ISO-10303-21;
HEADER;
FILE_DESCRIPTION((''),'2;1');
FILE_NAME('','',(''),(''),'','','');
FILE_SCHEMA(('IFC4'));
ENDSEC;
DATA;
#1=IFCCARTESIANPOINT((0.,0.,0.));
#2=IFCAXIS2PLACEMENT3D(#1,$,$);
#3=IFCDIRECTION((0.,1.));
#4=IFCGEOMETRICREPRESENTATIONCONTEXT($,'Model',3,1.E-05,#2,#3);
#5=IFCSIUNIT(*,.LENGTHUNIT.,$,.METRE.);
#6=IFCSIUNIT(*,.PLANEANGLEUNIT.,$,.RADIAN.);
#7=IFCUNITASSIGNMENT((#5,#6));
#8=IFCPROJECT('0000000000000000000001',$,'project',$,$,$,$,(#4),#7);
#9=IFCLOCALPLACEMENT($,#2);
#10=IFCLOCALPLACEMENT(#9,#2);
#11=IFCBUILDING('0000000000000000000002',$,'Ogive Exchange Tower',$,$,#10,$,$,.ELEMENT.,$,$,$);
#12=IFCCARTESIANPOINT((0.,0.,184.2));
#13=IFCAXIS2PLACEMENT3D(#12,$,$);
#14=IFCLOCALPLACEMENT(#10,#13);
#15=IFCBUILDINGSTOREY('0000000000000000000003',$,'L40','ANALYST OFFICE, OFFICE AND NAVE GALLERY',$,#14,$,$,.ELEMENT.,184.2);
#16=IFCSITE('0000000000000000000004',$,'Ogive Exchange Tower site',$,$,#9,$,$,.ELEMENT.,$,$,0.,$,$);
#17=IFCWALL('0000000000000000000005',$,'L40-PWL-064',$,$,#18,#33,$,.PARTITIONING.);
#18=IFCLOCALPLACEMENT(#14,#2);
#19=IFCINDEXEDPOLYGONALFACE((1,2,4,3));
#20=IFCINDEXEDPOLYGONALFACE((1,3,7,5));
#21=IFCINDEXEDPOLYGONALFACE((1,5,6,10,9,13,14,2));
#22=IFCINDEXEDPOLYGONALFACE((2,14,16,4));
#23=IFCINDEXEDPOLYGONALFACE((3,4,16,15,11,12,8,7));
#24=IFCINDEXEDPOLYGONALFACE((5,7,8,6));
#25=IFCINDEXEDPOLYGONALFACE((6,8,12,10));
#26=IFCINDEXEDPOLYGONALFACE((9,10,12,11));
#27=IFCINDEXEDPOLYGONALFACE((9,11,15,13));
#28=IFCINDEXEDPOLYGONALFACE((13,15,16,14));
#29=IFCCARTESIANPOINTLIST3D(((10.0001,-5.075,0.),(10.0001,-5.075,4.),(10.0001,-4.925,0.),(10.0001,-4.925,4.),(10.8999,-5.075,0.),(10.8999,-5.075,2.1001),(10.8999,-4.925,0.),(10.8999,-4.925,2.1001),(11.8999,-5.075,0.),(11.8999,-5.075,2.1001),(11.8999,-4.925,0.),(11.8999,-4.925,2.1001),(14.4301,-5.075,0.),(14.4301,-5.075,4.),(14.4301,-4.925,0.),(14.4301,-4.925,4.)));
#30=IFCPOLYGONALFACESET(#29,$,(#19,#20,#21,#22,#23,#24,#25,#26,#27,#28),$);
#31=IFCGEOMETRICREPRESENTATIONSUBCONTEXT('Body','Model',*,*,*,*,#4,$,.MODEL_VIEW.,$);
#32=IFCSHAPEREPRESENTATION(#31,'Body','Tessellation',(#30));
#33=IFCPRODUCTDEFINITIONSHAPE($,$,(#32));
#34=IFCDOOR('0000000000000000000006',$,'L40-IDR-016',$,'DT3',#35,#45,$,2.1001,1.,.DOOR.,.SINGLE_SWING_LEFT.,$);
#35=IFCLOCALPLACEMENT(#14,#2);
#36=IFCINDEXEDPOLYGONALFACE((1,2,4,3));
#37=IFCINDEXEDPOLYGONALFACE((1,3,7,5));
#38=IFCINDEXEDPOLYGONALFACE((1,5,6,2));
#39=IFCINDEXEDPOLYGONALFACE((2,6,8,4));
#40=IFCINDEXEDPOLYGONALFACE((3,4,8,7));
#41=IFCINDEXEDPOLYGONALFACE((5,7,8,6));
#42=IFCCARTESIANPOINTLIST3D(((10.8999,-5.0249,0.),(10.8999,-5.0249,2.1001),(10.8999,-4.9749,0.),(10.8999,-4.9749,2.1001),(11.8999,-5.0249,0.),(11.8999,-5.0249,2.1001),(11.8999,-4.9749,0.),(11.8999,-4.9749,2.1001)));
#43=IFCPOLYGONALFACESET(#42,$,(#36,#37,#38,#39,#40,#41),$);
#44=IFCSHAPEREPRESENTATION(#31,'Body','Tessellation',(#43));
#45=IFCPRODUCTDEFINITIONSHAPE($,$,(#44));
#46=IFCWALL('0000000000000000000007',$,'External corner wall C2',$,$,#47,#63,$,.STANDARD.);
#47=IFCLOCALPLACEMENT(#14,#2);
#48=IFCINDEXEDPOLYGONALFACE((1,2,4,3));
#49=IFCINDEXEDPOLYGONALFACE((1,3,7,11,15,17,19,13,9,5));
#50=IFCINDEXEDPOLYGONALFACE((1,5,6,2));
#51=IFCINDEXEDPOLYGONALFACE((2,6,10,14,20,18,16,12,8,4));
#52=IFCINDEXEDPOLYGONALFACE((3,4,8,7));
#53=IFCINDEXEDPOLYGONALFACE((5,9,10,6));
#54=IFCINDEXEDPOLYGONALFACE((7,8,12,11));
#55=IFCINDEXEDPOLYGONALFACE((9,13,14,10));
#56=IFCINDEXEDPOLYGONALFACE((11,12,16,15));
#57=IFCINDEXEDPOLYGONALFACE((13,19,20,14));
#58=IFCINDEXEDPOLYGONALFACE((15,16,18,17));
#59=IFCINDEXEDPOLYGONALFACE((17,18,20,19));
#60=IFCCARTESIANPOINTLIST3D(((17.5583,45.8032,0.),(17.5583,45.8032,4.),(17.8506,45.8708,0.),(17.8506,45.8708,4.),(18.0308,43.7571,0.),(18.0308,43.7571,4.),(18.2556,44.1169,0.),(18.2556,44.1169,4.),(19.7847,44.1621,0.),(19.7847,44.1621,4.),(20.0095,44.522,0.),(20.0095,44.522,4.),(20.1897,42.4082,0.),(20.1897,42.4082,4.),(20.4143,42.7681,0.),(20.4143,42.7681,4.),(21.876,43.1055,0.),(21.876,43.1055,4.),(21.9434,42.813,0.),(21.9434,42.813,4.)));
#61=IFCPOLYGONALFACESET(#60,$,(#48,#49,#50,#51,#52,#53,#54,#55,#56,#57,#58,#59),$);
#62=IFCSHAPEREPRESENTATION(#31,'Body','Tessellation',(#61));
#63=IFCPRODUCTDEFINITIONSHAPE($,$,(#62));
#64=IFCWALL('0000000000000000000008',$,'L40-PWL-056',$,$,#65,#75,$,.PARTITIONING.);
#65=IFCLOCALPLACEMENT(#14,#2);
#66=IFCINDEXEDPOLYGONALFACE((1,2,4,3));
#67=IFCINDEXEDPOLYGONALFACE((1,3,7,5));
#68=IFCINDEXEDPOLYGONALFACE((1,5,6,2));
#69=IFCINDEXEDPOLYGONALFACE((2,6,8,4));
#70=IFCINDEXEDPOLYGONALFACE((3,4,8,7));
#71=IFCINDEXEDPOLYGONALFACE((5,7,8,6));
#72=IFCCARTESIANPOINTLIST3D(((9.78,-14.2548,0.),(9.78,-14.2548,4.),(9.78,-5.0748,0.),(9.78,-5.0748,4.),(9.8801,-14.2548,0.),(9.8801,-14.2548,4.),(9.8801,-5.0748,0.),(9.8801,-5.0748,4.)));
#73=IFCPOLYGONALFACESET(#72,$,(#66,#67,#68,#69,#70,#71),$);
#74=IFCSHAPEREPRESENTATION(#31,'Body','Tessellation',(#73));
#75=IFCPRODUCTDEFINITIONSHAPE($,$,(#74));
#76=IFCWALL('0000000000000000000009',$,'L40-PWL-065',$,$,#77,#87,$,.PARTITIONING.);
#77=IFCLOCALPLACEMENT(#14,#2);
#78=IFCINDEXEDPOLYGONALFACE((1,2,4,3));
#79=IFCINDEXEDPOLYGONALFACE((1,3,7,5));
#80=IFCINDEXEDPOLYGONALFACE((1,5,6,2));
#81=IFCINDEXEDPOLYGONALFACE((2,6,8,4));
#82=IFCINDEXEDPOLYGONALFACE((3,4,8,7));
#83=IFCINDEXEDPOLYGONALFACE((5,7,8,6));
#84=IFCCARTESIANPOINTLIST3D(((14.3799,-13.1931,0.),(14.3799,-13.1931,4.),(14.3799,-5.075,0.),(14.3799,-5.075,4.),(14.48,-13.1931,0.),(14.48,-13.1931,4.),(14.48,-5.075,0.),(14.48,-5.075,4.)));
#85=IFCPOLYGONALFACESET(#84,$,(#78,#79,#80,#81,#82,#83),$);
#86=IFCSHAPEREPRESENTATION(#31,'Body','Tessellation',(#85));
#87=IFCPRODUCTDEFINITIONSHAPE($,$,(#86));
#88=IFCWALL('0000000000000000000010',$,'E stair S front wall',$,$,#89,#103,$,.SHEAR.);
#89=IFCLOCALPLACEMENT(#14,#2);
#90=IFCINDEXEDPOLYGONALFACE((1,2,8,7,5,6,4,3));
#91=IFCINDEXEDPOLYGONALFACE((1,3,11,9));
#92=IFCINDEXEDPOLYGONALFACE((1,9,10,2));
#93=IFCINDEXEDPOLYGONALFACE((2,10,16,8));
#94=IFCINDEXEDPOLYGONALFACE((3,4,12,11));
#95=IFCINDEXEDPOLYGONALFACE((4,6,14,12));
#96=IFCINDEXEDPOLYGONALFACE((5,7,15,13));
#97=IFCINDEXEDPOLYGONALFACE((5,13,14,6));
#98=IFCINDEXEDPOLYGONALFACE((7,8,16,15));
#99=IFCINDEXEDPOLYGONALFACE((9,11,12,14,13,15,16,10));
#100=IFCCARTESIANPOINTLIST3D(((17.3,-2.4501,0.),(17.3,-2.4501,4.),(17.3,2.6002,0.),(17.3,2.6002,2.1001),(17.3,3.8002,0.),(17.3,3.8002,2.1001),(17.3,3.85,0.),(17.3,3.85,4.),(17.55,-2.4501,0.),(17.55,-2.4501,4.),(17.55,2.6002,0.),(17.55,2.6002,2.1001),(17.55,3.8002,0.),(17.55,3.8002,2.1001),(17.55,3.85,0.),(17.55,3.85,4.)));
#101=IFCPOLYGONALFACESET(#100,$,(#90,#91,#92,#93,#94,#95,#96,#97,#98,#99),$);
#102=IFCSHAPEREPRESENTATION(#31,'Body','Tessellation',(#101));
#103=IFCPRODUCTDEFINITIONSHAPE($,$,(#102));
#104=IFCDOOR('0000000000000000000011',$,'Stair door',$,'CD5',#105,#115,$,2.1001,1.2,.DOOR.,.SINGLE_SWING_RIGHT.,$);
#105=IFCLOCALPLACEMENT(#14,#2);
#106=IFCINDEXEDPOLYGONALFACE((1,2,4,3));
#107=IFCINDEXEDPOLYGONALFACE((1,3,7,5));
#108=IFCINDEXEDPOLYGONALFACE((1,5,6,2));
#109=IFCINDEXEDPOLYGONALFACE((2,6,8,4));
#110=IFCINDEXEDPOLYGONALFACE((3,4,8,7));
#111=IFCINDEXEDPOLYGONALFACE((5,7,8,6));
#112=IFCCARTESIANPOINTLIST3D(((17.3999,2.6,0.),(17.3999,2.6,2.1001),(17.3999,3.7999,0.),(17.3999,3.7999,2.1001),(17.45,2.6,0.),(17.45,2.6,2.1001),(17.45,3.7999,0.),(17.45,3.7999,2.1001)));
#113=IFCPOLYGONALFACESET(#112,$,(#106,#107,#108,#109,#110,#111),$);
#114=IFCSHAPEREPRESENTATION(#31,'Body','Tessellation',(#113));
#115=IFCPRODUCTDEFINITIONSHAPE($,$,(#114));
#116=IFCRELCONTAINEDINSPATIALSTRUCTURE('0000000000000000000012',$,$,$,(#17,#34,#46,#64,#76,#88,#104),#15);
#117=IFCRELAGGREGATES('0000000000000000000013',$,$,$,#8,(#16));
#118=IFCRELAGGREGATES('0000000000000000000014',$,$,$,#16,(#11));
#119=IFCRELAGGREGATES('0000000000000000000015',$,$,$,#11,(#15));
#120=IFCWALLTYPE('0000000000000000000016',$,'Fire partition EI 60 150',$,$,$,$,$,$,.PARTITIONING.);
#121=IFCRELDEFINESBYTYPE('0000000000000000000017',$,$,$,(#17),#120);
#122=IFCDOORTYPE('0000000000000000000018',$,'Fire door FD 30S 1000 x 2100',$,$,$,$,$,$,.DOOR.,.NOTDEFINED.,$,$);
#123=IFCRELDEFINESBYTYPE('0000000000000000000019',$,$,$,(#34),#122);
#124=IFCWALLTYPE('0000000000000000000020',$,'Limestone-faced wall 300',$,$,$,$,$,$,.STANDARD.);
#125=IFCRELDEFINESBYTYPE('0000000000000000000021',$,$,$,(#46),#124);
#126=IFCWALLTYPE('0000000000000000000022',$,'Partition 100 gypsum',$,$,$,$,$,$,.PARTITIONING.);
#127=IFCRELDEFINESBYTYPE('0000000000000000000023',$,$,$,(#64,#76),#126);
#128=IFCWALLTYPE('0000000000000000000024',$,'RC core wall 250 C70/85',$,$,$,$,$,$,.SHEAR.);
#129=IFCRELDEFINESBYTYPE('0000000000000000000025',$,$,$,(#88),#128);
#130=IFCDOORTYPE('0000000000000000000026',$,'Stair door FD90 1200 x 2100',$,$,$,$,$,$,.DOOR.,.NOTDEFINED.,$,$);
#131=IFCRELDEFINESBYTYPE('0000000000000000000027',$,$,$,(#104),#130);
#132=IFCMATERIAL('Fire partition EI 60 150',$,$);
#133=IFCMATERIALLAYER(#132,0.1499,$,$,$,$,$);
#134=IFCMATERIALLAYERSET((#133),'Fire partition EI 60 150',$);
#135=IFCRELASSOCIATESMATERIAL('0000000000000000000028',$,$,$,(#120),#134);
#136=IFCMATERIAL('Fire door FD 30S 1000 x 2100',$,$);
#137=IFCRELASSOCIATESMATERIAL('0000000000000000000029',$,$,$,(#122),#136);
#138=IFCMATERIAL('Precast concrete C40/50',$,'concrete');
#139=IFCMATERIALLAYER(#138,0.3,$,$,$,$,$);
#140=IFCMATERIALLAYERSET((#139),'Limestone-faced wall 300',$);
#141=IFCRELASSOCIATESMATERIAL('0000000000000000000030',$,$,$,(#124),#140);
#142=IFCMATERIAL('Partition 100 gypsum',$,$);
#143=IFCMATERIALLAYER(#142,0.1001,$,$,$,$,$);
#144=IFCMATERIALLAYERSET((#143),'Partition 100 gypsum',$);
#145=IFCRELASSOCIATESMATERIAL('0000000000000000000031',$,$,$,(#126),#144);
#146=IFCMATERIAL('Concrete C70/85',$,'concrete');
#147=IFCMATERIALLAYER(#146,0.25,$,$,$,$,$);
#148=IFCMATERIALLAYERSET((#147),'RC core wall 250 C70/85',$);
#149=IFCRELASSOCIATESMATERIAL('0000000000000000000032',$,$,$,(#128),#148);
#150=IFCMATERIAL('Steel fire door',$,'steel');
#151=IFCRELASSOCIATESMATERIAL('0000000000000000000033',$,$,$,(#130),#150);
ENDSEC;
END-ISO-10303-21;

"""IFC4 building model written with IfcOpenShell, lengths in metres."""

from ifc_helpers import new_model, si_unit, direction, frame, frame_2d, origin, place, context, subcontext, project, spatial, polyline, rectangle, outline, extrude, material, layer, layer_set, type_object, element, fill, save


model = new_model("IFC4")

# Units and contexts
model_context = context("Model", 3, precision=1e-05, world=origin(), true_north=direction((0.0, 1.0)))
body_context = subcontext(model_context, "Body", "Model", "MODEL_VIEW")
ifc_project = project(units=[si_unit("LENGTHUNIT", "METRE"), si_unit("PLANEANGLEUNIT", "RADIAN")], contexts=[model_context])

# Site, building, storey
site_placement = place(None, origin())
site = spatial("IfcSite", under=ifc_project, at=site_placement, Name="Ogive Exchange Tower site", CompositionType="ELEMENT", RefElevation=0.0)
building_placement = place(site_placement, origin())
building = spatial("IfcBuilding", under=site, at=building_placement, Name="Ogive Exchange Tower", CompositionType="ELEMENT")
storey_placement = place(building_placement, frame((0.0, 0.0, 184.2)))
storey = spatial("IfcBuildingStorey", under=building, at=storey_placement, Name="L40", Description="ANALYST OFFICE, OFFICE AND NAVE GALLERY", CompositionType="ELEMENT", Elevation=184.2)

# Shared definitions
ifc_material_1 = material(Name="Fire partition EI 60 150")
ifc_layer_1 = layer(ifc_material_1, 0.1499)
ifc_layer_set_1 = layer_set([ifc_layer_1], Name="Fire partition EI 60 150")
wall_type_1 = type_object("IfcWallType", Name="Fire partition EI 60 150", PredefinedType="PARTITIONING", material=ifc_layer_set_1)
ifc_material_2 = material(Name="Fire door FD 30S 1000 x 2100")
door_type_1 = type_object("IfcDoorType", Name="Fire door FD 30S 1000 x 2100", OperationType="NOTDEFINED", PredefinedType="DOOR", material=ifc_material_2)

# Wall, opening, door
wall_1_placement = place(storey_placement, frame((14.4299, -5.0, 0.0), z_axis=(0.0, 0.0, 1.0), x_axis=(-1.0, 0.0, 0.0)))
wall_1 = element("IfcWall", 1, at=wall_1_placement, inside=storey, type_object=wall_type_1, Name="L40-PWL-064", PredefinedType="PARTITIONING", context=body_context, shape_type="SweptSolid", body=[
    extrude(rectangle(XDim=4.4299, YDim=0.1499, at=frame_2d((2.2148, 0.0))), origin(), (0.0, 0.0, 1.0), 4.0),
])
opening_1_placement = place(wall_1_placement, frame((2.53, 0.0, 0.0)))
opening_1 = element("IfcOpeningElement", 2, at=opening_1_placement, cuts=wall_1, PredefinedType="OPENING", context=body_context, shape_type="SweptSolid", body=[
    extrude(rectangle(XDim=1.0, YDim=2.1001, at=frame_2d((0.5, 1.05))), frame((0.0, 0.085, 0.0), z_axis=(0.0, -1.0, 0.0), x_axis=(1.0, 0.0, 0.0)), (0.0, 0.0, 1.0), 0.1699),
])
door_1_placement = place(opening_1_placement, origin())
door_1 = element("IfcDoor", 3, at=door_1_placement, inside=storey, type_object=door_type_1, Name="L40-IDR-016", ObjectType="DT3", OperationType="SINGLE_SWING_LEFT", OverallHeight=2.1001, OverallWidth=1.0, PredefinedType="DOOR", context=body_context, shape_type="SweptSolid", body=[
    extrude(rectangle(XDim=1.0, YDim=2.1001, at=frame_2d((0.5, 1.05))), frame((0.0, 0.0249, 0.0), z_axis=(0.0, -1.0, 0.0), x_axis=(1.0, 0.0, 0.0)), (0.0, 0.0, 1.0), 0.05),
])
fill(opening_1, door_1)

# Walls
ifc_material_3 = material(Name="Precast concrete C40/50", Category="concrete")
ifc_layer_2 = layer(ifc_material_3, 0.3)
ifc_layer_set_2 = layer_set([ifc_layer_2], Name="Limestone-faced wall 300")
wall_type_2 = type_object("IfcWallType", Name="Limestone-faced wall 300", PredefinedType="STANDARD", material=ifc_layer_set_2)
wall_2_placement = place(storey_placement, origin())
element("IfcWall", 4, at=wall_2_placement, inside=storey, type_object=wall_type_2, Name="External corner wall C2", PredefinedType="STANDARD", context=body_context, shape_type="SweptSolid", body=[
    extrude(outline(polyline([(19.7847, 44.1621), (18.0308, 43.7571), (17.5583, 45.8032), (17.8506, 45.8708), (18.2556, 44.1169), (20.0095, 44.522), (20.4143, 42.7681), (21.876, 43.1055), (21.9434, 42.813), (20.1897, 42.4082), (19.7847, 44.1621)])), origin(), (0.0, 0.0, 1.0), 4.0),
])
ifc_material_4 = material(Name="Partition 100 gypsum")
ifc_layer_3 = layer(ifc_material_4, 0.1001)
ifc_layer_set_3 = layer_set([ifc_layer_3], Name="Partition 100 gypsum")
wall_type_3 = type_object("IfcWallType", Name="Partition 100 gypsum", PredefinedType="PARTITIONING", material=ifc_layer_set_3)
wall_3_placement = place(storey_placement, frame((9.8301, -5.075, 0.0), z_axis=(0.0, 0.0, 1.0), x_axis=(0.0, -1.0, 0.0)))
element("IfcWall", 5, at=wall_3_placement, inside=storey, type_object=wall_type_3, Name="L40-PWL-056", PredefinedType="PARTITIONING", context=body_context, shape_type="SweptSolid", body=[
    extrude(rectangle(XDim=9.1799, YDim=0.1001, at=frame_2d((4.5898, 0.0))), origin(), (0.0, 0.0, 1.0), 4.0),
])
wall_4_placement = place(storey_placement, frame((14.4299, -5.075, 0.0), z_axis=(0.0, 0.0, 1.0), x_axis=(0.0, -1.0, 0.0)))
element("IfcWall", 6, at=wall_4_placement, inside=storey, type_object=wall_type_3, Name="L40-PWL-065", PredefinedType="PARTITIONING", context=body_context, shape_type="SweptSolid", body=[
    extrude(rectangle(XDim=8.1182, YDim=0.1001, at=frame_2d((4.0591, 0.0))), origin(), (0.0, 0.0, 1.0), 4.0),
])

# Wall, opening, door
ifc_material_5 = material(Name="Concrete C70/85", Category="concrete")
ifc_layer_4 = layer(ifc_material_5, 0.25)
ifc_layer_set_4 = layer_set([ifc_layer_4], Name="RC core wall 250 C70/85")
wall_type_4 = type_object("IfcWallType", Name="RC core wall 250 C70/85", PredefinedType="SHEAR", material=ifc_layer_set_4)
wall_5_placement = place(storey_placement, frame((17.425, -2.45, 0.0), z_axis=(0.0, 0.0, 1.0), x_axis=(0.0, 1.0, 0.0)))
wall_5 = element("IfcWall", 7, at=wall_5_placement, inside=storey, type_object=wall_type_4, Name="E stair S front wall", PredefinedType="SHEAR", context=body_context, shape_type="SweptSolid", body=[
    extrude(rectangle(XDim=6.3, YDim=0.25, at=frame_2d((3.1499, 0.0))), origin(), (0.0, 0.0, 1.0), 4.0),
])
opening_2_placement = place(wall_5_placement, frame((5.05, 0.0, 0.0)))
opening_2 = element("IfcOpeningElement", 8, at=opening_2_placement, cuts=wall_5, PredefinedType="OPENING", context=body_context, shape_type="SweptSolid", body=[
    extrude(rectangle(XDim=1.2, YDim=2.1001, at=frame_2d((0.6001, 1.05))), frame((0.0, 0.135, 0.0), z_axis=(0.0, -1.0, 0.0), x_axis=(1.0, 0.0, 0.0)), (0.0, 0.0, 1.0), 0.27),
])
ifc_material_6 = material(Name="Steel fire door", Category="steel")
door_type_2 = type_object("IfcDoorType", Name="Stair door FD90 1200 x 2100", OperationType="NOTDEFINED", PredefinedType="DOOR", material=ifc_material_6)
door_2_placement = place(opening_2_placement, frame((1.2, 0.0, 0.0), z_axis=(0.0, 0.0, 1.0), x_axis=(-1.0, 0.0, 0.0)))
door_2 = element("IfcDoor", 9, at=door_2_placement, inside=storey, type_object=door_type_2, Name="Stair door", ObjectType="CD5", OperationType="SINGLE_SWING_RIGHT", OverallHeight=2.1001, OverallWidth=1.2, PredefinedType="DOOR", context=body_context, shape_type="SweptSolid", body=[
    extrude(rectangle(XDim=1.2, YDim=2.1001, at=frame_2d((0.6001, 1.05))), frame((0.0, 0.0249, 0.0), z_axis=(0.0, -1.0, 0.0), x_axis=(1.0, 0.0, 0.0)), (0.0, 0.0, 1.0), 0.05),
])
fill(opening_2, door_2)

save(model, "model.ifc")
